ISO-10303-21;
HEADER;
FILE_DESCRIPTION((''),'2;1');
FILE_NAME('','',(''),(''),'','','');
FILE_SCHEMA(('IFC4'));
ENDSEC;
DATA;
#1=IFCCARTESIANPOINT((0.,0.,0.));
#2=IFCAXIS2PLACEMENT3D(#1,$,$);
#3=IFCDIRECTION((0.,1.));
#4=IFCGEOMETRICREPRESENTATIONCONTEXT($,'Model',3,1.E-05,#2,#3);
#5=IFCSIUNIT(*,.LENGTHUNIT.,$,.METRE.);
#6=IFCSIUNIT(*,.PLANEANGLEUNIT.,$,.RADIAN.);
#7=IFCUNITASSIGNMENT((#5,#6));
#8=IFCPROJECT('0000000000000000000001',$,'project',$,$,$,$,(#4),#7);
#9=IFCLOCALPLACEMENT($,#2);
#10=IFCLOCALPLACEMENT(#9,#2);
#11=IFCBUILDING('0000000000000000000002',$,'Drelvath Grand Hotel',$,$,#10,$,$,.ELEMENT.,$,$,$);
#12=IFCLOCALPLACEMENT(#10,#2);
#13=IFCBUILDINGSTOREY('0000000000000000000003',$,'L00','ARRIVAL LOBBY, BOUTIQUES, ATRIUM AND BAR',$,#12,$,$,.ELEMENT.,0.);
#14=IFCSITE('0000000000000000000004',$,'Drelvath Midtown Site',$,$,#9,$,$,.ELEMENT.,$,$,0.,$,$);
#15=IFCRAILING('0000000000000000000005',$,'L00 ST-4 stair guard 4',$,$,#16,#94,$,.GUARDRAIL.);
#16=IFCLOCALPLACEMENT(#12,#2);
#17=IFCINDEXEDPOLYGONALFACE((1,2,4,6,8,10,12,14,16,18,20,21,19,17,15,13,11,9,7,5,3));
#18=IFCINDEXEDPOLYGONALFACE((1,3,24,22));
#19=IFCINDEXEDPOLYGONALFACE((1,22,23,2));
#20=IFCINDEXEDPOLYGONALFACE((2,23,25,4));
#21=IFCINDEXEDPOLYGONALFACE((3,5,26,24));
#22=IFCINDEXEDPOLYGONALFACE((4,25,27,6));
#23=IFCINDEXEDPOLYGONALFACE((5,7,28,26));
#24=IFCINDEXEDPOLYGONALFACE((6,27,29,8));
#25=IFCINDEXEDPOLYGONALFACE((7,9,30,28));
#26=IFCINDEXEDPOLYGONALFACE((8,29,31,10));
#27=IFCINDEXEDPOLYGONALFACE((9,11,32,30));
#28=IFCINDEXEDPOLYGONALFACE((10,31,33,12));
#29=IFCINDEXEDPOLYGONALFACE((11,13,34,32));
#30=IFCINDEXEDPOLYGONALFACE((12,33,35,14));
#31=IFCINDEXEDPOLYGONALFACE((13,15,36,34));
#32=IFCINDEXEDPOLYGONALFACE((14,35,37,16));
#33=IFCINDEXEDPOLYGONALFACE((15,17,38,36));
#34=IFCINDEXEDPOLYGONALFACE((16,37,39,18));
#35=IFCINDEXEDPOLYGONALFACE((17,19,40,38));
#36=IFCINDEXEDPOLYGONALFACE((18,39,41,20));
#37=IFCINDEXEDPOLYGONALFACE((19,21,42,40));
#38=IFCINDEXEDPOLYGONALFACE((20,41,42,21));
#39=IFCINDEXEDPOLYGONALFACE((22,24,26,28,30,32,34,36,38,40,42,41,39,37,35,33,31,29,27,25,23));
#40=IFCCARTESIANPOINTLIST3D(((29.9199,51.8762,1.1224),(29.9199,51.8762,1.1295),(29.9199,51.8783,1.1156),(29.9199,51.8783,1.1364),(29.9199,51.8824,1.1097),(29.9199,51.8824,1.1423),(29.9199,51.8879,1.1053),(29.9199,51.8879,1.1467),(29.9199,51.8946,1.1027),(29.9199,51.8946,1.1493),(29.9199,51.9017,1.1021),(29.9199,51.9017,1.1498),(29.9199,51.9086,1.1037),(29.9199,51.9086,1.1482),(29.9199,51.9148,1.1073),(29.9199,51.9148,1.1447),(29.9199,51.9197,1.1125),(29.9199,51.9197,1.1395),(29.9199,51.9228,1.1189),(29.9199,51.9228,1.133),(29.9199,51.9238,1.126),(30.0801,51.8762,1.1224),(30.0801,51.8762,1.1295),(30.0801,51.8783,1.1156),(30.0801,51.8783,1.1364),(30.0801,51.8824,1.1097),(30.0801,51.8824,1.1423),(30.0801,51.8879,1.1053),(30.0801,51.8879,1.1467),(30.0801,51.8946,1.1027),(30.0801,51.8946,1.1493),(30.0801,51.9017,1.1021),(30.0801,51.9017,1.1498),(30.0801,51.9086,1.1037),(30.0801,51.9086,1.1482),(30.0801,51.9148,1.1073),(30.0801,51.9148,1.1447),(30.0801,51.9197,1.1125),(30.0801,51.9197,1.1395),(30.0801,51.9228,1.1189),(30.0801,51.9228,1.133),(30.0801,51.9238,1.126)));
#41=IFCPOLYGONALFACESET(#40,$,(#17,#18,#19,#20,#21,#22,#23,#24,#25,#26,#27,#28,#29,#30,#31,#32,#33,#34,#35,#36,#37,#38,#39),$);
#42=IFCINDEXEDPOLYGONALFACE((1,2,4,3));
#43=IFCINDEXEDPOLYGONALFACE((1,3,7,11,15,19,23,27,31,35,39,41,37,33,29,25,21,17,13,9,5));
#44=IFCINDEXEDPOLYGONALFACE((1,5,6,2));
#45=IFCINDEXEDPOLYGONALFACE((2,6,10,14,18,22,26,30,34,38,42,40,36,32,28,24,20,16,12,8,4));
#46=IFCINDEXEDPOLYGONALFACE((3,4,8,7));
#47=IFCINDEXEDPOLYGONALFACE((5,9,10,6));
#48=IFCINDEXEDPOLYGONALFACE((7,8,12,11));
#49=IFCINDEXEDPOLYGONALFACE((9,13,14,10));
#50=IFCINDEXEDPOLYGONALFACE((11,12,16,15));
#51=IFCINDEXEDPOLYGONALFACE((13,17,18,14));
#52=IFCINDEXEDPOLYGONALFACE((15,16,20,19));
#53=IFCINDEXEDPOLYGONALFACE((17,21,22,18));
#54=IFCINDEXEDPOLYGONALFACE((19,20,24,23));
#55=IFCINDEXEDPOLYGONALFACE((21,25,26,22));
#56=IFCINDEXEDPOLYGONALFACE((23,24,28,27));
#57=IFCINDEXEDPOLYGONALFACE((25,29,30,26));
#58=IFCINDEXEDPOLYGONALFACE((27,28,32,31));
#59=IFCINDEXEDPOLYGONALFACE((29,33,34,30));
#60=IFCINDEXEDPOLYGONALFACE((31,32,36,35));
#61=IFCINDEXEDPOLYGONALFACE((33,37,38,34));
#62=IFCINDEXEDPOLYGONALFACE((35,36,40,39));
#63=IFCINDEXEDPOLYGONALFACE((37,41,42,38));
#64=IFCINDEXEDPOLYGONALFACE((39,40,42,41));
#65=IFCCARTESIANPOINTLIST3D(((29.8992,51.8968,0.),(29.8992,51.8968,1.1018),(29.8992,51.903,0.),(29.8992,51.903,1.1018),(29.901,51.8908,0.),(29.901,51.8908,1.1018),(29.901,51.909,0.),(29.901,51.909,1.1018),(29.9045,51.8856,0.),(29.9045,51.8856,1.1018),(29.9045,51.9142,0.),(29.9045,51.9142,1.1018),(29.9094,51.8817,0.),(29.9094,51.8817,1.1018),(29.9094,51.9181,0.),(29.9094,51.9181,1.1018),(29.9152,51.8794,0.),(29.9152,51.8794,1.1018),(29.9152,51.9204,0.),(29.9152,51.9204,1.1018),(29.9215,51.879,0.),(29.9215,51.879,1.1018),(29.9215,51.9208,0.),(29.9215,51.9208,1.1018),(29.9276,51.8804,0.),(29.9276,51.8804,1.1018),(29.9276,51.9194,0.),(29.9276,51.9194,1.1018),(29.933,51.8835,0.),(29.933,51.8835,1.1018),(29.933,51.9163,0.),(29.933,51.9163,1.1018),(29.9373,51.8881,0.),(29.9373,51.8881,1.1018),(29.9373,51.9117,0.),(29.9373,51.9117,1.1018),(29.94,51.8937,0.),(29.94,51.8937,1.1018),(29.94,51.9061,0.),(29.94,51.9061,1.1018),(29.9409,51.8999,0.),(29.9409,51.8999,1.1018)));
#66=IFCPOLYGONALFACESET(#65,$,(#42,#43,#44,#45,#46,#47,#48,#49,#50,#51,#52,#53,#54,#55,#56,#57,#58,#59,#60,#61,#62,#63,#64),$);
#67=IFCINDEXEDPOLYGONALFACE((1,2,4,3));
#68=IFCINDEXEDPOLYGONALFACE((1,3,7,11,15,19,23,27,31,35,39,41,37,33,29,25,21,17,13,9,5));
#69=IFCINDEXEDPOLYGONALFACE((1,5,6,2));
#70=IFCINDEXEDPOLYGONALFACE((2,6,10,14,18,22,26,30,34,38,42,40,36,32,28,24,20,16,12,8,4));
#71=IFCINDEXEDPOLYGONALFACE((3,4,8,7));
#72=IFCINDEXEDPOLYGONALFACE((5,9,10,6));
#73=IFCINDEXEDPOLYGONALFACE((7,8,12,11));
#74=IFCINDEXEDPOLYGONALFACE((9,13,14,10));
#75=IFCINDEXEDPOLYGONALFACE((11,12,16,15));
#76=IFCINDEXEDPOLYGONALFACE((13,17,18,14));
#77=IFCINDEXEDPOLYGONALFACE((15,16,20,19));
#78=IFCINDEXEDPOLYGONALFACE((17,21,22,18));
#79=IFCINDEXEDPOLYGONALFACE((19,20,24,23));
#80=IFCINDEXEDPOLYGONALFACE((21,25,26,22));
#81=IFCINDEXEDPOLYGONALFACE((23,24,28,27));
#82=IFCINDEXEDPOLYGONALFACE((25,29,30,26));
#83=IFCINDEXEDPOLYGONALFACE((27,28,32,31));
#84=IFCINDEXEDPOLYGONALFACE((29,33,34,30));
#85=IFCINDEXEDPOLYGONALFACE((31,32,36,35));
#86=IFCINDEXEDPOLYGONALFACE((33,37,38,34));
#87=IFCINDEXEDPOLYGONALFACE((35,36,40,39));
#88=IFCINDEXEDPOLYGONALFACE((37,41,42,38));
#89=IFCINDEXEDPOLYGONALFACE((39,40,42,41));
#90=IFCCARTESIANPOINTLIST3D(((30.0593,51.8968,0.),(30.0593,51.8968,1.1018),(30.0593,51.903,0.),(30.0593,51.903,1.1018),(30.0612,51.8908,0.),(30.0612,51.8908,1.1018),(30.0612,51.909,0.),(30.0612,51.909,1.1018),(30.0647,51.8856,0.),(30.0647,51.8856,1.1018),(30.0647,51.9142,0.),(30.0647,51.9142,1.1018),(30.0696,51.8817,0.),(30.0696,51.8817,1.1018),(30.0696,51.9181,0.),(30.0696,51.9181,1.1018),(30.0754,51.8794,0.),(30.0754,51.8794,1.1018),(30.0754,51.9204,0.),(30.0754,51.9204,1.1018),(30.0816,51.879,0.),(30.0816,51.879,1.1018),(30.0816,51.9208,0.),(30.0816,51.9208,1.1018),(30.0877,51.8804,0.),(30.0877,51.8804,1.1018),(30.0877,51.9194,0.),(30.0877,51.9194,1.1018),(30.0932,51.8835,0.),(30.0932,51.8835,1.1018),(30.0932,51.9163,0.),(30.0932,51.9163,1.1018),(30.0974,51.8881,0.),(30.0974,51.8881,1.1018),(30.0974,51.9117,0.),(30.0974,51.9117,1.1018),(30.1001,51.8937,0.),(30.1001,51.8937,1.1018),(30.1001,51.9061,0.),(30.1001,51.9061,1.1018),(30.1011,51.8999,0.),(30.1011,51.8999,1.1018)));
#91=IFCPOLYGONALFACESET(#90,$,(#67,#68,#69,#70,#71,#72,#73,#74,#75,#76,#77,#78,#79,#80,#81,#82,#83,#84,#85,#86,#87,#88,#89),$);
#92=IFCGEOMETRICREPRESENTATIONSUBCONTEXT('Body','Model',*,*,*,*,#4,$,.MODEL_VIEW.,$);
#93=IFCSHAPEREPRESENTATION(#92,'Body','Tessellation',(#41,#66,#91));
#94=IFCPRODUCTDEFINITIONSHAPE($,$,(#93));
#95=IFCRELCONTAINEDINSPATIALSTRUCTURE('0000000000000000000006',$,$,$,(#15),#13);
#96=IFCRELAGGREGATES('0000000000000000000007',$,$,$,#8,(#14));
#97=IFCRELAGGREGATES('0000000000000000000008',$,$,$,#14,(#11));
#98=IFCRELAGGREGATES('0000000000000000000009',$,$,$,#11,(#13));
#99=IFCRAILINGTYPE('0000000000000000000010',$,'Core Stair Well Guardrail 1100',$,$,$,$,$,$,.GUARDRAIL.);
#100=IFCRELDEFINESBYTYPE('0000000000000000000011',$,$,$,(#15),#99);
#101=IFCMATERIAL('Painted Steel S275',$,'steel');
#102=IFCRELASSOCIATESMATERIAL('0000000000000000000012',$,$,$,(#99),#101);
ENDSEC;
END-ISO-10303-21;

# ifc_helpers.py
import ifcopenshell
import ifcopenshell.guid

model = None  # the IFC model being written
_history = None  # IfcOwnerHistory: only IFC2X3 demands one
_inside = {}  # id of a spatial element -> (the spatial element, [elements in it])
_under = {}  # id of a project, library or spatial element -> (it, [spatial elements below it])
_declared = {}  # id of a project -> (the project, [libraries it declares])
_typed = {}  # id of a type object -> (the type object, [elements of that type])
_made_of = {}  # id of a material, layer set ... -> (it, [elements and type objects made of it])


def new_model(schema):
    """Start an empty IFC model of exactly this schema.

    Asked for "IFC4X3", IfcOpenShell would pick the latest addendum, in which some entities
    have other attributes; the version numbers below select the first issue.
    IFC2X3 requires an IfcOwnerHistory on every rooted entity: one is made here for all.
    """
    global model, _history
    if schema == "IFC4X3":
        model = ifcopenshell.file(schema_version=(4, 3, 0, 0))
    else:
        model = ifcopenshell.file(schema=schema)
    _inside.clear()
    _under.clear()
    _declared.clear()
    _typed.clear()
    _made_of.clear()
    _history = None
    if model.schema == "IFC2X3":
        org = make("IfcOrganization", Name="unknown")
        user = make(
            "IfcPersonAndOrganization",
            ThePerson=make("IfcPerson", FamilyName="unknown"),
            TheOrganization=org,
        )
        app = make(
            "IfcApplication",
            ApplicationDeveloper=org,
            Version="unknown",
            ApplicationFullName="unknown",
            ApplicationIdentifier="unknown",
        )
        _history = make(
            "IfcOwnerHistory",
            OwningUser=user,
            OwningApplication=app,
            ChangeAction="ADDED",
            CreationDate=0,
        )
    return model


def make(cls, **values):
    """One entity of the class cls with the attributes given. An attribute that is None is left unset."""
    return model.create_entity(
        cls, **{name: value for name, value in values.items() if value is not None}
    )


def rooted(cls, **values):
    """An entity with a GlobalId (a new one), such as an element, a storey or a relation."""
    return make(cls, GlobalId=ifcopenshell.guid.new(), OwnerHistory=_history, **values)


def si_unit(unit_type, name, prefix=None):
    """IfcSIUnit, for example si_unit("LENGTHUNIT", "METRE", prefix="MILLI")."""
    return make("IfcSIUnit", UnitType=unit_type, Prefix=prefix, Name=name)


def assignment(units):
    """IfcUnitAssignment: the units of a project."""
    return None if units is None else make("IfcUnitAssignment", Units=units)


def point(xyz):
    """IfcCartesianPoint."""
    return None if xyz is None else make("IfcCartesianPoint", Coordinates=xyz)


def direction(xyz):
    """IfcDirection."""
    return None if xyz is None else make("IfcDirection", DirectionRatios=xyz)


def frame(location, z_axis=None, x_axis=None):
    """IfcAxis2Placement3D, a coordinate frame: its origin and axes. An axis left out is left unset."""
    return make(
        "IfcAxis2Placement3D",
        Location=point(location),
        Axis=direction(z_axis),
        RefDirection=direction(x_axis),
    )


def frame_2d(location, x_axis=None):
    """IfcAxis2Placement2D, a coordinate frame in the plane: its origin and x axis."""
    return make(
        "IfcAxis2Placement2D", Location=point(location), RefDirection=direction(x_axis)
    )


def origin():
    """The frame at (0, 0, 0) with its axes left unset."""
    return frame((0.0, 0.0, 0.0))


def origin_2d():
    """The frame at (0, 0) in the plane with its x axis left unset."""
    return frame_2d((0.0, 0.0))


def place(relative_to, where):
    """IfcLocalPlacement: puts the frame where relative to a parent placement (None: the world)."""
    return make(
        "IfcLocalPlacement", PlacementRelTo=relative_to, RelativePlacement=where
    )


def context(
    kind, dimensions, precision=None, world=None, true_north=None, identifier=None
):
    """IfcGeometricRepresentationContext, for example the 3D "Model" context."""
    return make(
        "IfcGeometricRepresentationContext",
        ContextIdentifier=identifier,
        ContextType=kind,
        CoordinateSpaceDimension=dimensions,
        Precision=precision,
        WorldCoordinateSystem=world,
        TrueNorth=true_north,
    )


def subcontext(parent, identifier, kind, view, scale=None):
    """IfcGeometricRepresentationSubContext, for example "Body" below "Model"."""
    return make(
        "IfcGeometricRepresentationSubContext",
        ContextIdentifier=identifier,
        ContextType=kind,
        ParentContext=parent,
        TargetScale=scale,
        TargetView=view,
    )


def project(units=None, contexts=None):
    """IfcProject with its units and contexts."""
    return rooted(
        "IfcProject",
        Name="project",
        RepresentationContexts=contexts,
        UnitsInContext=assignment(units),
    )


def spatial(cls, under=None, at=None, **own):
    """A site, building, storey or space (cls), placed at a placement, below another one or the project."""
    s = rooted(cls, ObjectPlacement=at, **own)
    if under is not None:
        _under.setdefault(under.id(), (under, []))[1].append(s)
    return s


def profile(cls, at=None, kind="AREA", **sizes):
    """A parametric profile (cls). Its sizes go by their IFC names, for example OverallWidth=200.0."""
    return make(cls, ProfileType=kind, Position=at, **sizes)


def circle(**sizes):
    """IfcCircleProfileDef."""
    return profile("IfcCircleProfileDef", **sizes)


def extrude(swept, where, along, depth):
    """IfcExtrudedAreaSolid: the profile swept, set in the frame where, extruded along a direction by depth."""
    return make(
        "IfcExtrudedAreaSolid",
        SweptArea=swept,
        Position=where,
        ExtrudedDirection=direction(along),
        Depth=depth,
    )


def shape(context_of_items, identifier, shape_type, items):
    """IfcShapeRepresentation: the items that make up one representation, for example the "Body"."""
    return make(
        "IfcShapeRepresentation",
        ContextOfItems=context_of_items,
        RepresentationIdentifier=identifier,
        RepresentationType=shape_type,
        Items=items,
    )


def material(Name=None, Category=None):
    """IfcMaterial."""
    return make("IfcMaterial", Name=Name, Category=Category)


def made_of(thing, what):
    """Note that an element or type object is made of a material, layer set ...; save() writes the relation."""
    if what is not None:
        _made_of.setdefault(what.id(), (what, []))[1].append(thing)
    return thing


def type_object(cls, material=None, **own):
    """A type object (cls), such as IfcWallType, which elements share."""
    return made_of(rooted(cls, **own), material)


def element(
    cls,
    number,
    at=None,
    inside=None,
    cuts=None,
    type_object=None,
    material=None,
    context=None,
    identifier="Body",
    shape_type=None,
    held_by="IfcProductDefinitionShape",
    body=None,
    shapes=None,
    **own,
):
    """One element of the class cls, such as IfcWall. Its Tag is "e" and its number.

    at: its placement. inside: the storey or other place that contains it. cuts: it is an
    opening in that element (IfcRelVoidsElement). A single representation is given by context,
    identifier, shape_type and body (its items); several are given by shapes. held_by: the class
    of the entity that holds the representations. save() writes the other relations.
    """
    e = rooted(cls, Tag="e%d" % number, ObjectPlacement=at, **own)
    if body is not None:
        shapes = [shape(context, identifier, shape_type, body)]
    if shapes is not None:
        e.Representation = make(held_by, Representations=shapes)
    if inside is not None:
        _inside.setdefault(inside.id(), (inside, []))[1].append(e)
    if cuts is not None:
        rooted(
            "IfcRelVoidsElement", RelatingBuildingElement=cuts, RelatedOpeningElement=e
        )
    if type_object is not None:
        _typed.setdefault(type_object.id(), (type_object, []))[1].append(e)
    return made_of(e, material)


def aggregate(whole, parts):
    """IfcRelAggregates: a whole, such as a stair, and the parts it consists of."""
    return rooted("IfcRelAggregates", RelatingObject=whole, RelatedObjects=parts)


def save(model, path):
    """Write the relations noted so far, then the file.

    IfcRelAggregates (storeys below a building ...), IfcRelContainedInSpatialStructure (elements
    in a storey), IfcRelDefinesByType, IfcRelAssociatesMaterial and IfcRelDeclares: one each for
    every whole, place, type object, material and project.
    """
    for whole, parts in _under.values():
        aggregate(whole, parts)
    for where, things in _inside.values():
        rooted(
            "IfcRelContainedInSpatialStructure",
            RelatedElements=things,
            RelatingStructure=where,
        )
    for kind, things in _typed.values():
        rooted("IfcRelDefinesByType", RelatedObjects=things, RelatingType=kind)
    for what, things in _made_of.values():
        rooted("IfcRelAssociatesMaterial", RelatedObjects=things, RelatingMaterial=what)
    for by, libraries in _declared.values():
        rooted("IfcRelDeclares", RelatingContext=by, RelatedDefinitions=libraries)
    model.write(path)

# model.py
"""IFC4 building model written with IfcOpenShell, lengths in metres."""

from ifc_helpers import new_model, si_unit, direction, frame, origin, origin_2d, place, context, subcontext, project, spatial, circle, extrude, material, type_object, element, save


model = new_model("IFC4")

# Units and contexts
model_context = context("Model", 3, precision=1e-05, world=origin(), true_north=direction((0.0, 1.0)))
body_context = subcontext(model_context, "Body", "Model", "MODEL_VIEW")
ifc_project = project(units=[si_unit("LENGTHUNIT", "METRE"), si_unit("PLANEANGLEUNIT", "RADIAN")], contexts=[model_context])

# Site, building, storey
site_placement = place(None, origin())
site = spatial("IfcSite", under=ifc_project, at=site_placement, Name="Drelvath Midtown Site", CompositionType="ELEMENT", RefElevation=0.0)
building_placement = place(site_placement, origin())
building = spatial("IfcBuilding", under=site, at=building_placement, Name="Drelvath Grand Hotel", CompositionType="ELEMENT")
storey_placement = place(building_placement, origin())
storey = spatial("IfcBuildingStorey", under=building, at=storey_placement, Name="L00", Description="ARRIVAL LOBBY, BOUTIQUES, ATRIUM AND BAR", CompositionType="ELEMENT", Elevation=0.0)

# Shared definitions
ifc_material_1 = material(Name="Painted Steel S275", Category="steel")

# Railing
railing_type_1 = type_object("IfcRailingType", Name="Core Stair Well Guardrail 1100", PredefinedType="GUARDRAIL", material=ifc_material_1)
railing_1_placement = place(storey_placement, frame((29.9199, 51.8999, 0.0)))
element("IfcRailing", 1, at=railing_1_placement, inside=storey, type_object=railing_type_1, Name="L00 ST-4 stair guard 4", PredefinedType="GUARDRAIL", context=body_context, shape_type="SweptSolid", body=[
    extrude(circle(Radius=0.0239, at=origin_2d()), frame((0.0, 0.0, 1.126), z_axis=(1.0, 0.0, 0.0), x_axis=(0.0, 1.0, 0.0)), (0.0, 0.0, 1.0), 0.1602),
    extrude(circle(Radius=0.021, at=origin_2d()), origin(), (0.0, 0.0, 1.0), 1.1018),
    extrude(circle(Radius=0.021, at=origin_2d()), frame((0.1602, 0.0, 0.0)), (0.0, 0.0, 1.0), 1.1018),
])

save(model, "model.ifc")
